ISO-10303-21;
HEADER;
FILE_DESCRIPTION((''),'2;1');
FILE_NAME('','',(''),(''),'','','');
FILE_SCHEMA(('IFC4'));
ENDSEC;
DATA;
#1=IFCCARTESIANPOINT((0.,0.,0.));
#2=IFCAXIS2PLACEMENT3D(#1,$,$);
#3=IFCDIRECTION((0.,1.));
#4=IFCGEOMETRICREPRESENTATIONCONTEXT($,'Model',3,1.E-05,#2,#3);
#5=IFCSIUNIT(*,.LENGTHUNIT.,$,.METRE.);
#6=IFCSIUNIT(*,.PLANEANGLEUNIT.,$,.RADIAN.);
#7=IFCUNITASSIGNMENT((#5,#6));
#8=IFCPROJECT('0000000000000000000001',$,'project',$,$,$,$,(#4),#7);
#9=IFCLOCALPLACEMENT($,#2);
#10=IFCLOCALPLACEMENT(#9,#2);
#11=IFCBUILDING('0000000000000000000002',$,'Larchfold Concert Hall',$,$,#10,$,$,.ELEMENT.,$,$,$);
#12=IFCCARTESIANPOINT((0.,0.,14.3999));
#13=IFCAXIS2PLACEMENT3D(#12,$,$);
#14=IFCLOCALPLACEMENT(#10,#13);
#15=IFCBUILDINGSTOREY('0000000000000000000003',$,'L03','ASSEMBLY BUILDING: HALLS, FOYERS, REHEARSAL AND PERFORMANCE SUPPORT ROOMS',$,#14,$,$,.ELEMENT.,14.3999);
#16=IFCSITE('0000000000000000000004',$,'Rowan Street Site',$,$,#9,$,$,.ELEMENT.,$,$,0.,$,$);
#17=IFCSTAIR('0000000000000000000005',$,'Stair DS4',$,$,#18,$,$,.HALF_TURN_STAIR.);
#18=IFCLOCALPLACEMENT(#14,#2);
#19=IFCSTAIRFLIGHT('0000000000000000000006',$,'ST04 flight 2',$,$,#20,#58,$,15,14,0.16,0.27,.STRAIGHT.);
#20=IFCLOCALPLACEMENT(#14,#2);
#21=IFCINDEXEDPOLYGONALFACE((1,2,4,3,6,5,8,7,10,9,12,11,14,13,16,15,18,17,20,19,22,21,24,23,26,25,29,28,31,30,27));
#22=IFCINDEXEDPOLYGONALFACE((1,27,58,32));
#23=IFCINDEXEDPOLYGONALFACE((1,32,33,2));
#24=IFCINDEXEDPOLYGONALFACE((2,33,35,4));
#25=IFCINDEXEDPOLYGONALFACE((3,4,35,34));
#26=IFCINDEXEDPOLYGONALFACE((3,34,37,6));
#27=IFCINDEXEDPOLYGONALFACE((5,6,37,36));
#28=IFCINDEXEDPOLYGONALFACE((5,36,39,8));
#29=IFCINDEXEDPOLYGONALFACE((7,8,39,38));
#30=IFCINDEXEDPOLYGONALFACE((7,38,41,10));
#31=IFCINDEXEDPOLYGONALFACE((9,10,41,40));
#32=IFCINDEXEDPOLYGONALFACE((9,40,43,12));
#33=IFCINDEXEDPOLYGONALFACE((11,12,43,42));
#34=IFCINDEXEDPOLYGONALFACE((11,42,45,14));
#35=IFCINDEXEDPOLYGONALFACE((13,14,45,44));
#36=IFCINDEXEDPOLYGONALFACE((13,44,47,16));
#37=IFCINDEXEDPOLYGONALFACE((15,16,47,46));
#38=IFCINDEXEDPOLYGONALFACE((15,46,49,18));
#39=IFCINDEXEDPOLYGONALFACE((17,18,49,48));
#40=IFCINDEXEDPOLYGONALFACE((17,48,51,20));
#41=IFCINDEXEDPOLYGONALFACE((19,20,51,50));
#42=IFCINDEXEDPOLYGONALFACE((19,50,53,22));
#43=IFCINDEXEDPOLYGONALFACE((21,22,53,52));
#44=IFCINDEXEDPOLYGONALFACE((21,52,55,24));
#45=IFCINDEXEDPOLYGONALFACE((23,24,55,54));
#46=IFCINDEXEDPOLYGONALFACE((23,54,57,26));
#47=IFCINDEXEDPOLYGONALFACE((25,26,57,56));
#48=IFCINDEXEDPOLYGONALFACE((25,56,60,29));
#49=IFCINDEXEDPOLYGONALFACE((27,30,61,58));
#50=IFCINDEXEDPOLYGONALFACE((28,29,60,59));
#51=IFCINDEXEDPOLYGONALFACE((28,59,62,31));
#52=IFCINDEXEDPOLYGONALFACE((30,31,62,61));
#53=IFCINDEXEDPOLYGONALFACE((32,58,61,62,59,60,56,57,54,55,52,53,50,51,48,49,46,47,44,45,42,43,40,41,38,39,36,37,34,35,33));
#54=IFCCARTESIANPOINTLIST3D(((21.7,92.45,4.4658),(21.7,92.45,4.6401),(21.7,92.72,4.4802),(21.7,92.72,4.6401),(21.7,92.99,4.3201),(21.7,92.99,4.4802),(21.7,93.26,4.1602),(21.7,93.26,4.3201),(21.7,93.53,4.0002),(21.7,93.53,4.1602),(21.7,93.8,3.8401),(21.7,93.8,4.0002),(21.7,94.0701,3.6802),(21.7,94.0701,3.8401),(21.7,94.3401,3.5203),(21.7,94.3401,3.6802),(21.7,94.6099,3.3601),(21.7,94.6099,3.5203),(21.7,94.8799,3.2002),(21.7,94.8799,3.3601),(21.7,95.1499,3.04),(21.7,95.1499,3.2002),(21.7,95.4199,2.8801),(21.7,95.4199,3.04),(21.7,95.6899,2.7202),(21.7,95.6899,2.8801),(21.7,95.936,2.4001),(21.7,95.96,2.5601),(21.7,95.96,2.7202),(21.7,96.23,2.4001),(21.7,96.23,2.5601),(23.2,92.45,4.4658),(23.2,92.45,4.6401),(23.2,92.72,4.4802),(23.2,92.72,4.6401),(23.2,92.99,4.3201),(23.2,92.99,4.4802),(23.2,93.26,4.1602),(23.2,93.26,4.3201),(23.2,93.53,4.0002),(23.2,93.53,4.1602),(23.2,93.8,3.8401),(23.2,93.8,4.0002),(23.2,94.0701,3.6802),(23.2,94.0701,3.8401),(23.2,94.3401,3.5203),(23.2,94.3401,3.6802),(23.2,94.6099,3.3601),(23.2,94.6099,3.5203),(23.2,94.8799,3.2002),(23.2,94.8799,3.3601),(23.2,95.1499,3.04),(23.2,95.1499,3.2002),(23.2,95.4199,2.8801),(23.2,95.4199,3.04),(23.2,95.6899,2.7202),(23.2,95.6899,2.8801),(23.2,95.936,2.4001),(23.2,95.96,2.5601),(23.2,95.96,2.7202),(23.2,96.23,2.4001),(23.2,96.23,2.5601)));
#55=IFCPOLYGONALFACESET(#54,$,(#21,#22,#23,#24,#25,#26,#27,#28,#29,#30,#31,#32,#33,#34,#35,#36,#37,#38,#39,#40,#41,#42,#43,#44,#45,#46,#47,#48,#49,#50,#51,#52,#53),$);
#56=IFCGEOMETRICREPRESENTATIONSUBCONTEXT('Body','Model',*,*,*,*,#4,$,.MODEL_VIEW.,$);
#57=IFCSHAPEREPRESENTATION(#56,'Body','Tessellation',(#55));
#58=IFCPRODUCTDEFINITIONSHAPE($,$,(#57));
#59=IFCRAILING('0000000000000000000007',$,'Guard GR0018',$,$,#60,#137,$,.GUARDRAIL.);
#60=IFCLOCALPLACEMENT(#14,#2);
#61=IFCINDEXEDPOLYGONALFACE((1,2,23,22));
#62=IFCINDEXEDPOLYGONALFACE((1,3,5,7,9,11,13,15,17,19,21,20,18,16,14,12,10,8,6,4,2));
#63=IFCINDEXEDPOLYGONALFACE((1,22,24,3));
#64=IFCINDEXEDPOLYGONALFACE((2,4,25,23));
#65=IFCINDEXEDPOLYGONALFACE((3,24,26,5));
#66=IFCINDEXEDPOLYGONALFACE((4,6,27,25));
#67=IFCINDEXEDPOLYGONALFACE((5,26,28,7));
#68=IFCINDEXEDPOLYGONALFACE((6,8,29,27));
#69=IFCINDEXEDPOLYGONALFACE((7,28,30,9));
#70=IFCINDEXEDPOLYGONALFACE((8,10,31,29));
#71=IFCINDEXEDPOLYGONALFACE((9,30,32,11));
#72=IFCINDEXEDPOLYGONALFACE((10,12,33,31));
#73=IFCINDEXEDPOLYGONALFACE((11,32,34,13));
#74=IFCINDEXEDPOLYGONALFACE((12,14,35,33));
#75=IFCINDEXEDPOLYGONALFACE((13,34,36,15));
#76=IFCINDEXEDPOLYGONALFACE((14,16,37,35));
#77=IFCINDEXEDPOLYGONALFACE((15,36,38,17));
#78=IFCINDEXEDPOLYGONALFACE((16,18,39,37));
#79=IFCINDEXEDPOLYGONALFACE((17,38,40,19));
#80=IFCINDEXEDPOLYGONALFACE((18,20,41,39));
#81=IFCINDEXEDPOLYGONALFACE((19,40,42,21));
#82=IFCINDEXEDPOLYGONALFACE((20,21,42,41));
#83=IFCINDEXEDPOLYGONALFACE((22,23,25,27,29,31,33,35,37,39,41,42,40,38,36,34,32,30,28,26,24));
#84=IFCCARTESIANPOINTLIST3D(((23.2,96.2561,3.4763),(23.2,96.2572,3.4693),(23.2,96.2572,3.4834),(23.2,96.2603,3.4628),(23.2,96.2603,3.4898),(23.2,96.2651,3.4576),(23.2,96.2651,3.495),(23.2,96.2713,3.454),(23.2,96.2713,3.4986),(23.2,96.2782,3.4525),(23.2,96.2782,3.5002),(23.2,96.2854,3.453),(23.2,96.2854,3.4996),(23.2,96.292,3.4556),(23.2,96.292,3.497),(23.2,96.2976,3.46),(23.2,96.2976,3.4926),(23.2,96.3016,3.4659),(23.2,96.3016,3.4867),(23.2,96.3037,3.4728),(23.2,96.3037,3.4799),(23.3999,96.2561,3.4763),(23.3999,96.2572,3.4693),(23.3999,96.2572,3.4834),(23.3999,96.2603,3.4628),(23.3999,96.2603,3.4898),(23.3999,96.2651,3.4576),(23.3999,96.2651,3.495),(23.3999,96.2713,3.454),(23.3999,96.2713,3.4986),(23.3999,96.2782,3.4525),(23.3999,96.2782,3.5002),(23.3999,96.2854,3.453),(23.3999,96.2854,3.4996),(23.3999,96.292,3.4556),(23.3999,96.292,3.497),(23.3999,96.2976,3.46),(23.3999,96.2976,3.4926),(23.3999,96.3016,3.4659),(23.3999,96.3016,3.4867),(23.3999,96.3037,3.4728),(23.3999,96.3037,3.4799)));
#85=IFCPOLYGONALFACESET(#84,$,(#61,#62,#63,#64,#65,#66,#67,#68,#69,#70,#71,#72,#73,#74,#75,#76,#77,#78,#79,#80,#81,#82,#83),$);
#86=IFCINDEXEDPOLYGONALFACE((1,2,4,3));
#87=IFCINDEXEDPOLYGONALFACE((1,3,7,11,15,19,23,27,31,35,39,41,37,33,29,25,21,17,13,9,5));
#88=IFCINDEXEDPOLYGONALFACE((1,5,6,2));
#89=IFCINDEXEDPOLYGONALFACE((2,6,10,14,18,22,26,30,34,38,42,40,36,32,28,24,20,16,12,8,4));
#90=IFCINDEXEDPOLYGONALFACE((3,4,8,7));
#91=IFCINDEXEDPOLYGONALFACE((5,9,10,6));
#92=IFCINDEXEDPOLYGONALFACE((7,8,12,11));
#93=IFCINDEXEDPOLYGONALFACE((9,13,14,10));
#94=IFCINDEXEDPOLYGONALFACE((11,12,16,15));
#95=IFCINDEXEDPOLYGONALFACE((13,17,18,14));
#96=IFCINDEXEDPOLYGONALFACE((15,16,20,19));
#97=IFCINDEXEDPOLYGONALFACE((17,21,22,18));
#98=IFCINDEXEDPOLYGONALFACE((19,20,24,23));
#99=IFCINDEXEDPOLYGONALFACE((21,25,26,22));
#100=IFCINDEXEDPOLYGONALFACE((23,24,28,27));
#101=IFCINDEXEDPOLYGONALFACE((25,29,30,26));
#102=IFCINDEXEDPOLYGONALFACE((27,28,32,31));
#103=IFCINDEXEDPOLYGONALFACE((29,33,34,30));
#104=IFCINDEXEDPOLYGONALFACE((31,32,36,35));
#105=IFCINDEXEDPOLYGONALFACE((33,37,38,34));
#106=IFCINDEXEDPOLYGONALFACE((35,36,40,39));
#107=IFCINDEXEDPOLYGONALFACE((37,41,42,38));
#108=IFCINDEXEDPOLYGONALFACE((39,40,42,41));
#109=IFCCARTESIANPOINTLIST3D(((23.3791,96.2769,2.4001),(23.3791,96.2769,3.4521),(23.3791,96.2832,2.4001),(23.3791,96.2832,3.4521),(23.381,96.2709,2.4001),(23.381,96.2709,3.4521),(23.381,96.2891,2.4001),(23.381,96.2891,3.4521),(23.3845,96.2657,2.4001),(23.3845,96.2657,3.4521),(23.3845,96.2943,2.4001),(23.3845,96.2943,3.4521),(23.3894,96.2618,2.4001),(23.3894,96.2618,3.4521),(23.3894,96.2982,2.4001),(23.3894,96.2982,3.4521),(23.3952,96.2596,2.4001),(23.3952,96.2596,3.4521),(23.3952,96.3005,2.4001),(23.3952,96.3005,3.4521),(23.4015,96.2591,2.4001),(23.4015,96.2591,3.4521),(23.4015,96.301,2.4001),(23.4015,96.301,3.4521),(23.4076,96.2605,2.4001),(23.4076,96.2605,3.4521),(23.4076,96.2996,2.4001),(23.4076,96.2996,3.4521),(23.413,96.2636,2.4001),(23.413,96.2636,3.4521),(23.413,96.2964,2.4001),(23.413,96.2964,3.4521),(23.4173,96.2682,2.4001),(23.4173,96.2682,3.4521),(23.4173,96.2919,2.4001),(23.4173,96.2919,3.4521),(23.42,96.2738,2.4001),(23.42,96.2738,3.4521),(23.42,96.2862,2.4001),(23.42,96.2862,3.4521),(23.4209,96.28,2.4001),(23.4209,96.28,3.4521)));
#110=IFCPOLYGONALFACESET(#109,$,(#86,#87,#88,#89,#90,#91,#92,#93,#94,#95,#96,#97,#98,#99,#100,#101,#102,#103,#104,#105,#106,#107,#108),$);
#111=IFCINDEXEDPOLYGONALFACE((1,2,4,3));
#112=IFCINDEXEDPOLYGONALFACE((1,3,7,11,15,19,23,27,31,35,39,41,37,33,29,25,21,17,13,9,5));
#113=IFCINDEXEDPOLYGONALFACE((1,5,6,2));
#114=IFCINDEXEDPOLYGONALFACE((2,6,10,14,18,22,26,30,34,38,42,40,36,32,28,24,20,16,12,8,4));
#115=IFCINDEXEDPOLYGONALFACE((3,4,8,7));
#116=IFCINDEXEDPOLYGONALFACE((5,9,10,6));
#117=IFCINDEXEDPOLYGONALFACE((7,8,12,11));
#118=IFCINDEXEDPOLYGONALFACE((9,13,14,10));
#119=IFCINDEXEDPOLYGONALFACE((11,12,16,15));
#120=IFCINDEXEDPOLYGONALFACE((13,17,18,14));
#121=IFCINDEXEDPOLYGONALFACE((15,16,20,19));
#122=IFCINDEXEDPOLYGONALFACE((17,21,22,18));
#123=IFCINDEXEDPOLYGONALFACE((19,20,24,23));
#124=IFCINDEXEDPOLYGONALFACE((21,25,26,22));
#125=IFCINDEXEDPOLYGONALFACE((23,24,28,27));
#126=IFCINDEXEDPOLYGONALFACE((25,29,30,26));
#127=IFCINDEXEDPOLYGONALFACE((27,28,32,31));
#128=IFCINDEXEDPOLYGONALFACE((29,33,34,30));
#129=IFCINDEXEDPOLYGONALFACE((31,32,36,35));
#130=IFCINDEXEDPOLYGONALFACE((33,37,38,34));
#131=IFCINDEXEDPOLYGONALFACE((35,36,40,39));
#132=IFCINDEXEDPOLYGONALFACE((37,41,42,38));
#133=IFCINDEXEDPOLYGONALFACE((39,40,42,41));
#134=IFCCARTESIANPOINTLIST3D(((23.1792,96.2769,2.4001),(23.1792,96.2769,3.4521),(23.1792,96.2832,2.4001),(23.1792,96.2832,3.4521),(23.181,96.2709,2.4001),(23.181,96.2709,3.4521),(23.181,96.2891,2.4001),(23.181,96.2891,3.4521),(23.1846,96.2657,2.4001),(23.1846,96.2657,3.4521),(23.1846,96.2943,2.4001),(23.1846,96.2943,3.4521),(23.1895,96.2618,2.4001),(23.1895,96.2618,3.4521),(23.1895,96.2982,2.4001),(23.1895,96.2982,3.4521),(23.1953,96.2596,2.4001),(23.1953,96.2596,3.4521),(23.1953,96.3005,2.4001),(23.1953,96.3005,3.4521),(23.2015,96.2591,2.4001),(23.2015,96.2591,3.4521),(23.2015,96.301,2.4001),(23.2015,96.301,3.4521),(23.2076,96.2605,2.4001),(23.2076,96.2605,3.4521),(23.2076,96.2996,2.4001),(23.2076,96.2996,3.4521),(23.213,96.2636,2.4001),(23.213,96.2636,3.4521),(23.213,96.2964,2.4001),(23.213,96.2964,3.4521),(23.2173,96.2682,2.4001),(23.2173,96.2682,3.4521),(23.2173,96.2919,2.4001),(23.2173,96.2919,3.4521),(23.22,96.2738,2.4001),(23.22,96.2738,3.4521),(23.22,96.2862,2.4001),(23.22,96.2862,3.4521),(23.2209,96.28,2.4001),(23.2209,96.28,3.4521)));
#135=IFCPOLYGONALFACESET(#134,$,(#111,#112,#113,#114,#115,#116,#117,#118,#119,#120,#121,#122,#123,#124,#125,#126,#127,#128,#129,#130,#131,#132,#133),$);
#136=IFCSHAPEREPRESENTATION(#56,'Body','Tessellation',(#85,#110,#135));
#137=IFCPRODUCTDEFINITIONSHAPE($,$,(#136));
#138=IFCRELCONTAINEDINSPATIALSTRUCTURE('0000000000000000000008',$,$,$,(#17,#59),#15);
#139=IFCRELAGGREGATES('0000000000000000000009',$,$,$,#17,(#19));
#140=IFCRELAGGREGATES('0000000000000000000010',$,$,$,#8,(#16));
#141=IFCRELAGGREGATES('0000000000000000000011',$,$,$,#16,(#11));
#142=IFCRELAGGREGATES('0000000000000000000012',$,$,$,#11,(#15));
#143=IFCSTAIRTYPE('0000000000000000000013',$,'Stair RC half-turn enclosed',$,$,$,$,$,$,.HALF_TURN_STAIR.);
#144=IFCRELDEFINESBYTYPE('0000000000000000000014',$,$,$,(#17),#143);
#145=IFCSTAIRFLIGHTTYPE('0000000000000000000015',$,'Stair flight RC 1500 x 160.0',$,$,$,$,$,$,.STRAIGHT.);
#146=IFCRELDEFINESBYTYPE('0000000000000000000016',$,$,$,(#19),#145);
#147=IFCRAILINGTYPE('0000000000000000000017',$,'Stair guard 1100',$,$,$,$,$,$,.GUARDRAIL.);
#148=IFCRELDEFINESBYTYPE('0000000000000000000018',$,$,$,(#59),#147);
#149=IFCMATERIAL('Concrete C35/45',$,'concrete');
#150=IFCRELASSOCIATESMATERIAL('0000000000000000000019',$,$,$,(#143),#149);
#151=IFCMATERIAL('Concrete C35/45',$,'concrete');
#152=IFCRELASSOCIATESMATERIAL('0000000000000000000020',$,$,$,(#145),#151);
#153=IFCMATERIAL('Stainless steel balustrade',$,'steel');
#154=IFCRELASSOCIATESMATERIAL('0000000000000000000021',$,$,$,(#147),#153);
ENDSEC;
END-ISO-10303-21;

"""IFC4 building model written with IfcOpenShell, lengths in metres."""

from ifc_helpers import new_model, si_unit, direction, frame, origin, origin_2d, place, context, subcontext, project, spatial, polyline, circle, outline, extrude, material, type_object, element, aggregate, save


model = new_model("IFC4")

# Units and contexts
model_context = context("Model", 3, precision=1e-05, world=origin(), true_north=direction((0.0, 1.0)))
body_context = subcontext(model_context, "Body", "Model", "MODEL_VIEW")
ifc_project = project(units=[si_unit("LENGTHUNIT", "METRE"), si_unit("PLANEANGLEUNIT", "RADIAN")], contexts=[model_context])

# Site, building, storey
site_placement = place(None, origin())
site = spatial("IfcSite", under=ifc_project, at=site_placement, Name="Rowan Street Site", CompositionType="ELEMENT", RefElevation=0.0)
building_placement = place(site_placement, origin())
building = spatial("IfcBuilding", under=site, at=building_placement, Name="Larchfold Concert Hall", CompositionType="ELEMENT")
storey_placement = place(building_placement, frame((0.0, 0.0, 14.3999)))
storey = spatial("IfcBuildingStorey", under=building, at=storey_placement, Name="L03", Description="ASSEMBLY BUILDING: HALLS, FOYERS, REHEARSAL AND PERFORMANCE SUPPORT ROOMS", CompositionType="ELEMENT", Elevation=14.3999)

# Stair, stair flight
ifc_material_1 = material(Name="Concrete C35/45", Category="concrete")
stair_type = type_object("IfcStairType", Name="Stair RC half-turn enclosed", PredefinedType="HALF_TURN_STAIR", material=ifc_material_1)
stair_placement = place(storey_placement, origin())
stair = element("IfcStair", 1, at=stair_placement, inside=storey, type_object=stair_type, Name="Stair DS4", PredefinedType="HALF_TURN_STAIR")
ifc_material_2 = material(Name="Concrete C35/45", Category="concrete")
stair_flight_type = type_object("IfcStairFlightType", Name="Stair flight RC 1500 x 160.0", PredefinedType="STRAIGHT", material=ifc_material_2)
stair_flight_placement = place(storey_placement, frame((22.45, 96.23, 2.4001), z_axis=(0.0, 0.0, 1.0), x_axis=(0.0, -1.0, 0.0)))
stair_flight = element("IfcStairFlight", 2, at=stair_flight_placement, type_object=stair_flight_type, Name="ST04 flight 2", NumberOfRisers=15, NumberOfTreads=14, PredefinedType="STRAIGHT", RiserHeight=0.16, TreadLength=0.27, context=body_context, shape_type="SweptSolid", body=[
    extrude(outline(polyline([(0.0, 0.0), (0.0, 0.1599), (0.27, 0.1599), (0.27, 0.3201), (0.54, 0.3201), (0.54, 0.48), (0.8101, 0.48), (0.8101, 0.6399), (1.0801, 0.6399), (1.0801, 0.8), (1.3501, 0.8), (1.3501, 0.96), (1.6201, 0.96), (1.6201, 1.1201), (1.8899, 1.1201), (1.8899, 1.28), (2.1599, 1.28), (2.1599, 1.4399), (2.4299, 1.4399), (2.4299, 1.6001), (2.7, 1.6001), (2.7, 1.76), (2.97, 1.76), (2.97, 1.9199), (3.24, 1.9199), (3.24, 2.0801), (3.51, 2.0801), (3.51, 2.24), (3.78, 2.24), (3.78, 2.3999), (3.78, 2.0657), (0.2939, 0.0), (0.0, 0.0)])), frame((0.0, 0.75, 0.0), z_axis=(0.0, -1.0, 0.0), x_axis=(1.0, 0.0, 0.0)), (0.0, 0.0, 1.0), 1.5),
])
aggregate(stair, [stair_flight])

# Railing
ifc_material_3 = material(Name="Stainless steel balustrade", Category="steel")
railing_type_1 = type_object("IfcRailingType", Name="Stair guard 1100", PredefinedType="GUARDRAIL", material=ifc_material_3)
railing_1_placement = place(storey_placement, frame((23.3999, 96.28, 2.4001)))
element("IfcRailing", 3, at=railing_1_placement, inside=storey, type_object=railing_type_1, Name="Guard GR0018", PredefinedType="GUARDRAIL", context=body_context, shape_type="SweptSolid", body=[
    extrude(circle(Radius=0.0239, at=origin_2d()), frame((0.0, 0.0, 1.0762), z_axis=(-1.0, 0.0, 0.0), x_axis=(0.0, -1.0, 0.0)), (0.0, 0.0, 1.0), 0.2),
    extrude(circle(Radius=0.021, at=origin_2d()), origin(), (0.0, 0.0, 1.0), 1.052),
    extrude(circle(Radius=0.021, at=origin_2d()), frame((-0.2, 0.0, 0.0)), (0.0, 0.0, 1.0), 1.052),
])

save(model, "model.ifc")
